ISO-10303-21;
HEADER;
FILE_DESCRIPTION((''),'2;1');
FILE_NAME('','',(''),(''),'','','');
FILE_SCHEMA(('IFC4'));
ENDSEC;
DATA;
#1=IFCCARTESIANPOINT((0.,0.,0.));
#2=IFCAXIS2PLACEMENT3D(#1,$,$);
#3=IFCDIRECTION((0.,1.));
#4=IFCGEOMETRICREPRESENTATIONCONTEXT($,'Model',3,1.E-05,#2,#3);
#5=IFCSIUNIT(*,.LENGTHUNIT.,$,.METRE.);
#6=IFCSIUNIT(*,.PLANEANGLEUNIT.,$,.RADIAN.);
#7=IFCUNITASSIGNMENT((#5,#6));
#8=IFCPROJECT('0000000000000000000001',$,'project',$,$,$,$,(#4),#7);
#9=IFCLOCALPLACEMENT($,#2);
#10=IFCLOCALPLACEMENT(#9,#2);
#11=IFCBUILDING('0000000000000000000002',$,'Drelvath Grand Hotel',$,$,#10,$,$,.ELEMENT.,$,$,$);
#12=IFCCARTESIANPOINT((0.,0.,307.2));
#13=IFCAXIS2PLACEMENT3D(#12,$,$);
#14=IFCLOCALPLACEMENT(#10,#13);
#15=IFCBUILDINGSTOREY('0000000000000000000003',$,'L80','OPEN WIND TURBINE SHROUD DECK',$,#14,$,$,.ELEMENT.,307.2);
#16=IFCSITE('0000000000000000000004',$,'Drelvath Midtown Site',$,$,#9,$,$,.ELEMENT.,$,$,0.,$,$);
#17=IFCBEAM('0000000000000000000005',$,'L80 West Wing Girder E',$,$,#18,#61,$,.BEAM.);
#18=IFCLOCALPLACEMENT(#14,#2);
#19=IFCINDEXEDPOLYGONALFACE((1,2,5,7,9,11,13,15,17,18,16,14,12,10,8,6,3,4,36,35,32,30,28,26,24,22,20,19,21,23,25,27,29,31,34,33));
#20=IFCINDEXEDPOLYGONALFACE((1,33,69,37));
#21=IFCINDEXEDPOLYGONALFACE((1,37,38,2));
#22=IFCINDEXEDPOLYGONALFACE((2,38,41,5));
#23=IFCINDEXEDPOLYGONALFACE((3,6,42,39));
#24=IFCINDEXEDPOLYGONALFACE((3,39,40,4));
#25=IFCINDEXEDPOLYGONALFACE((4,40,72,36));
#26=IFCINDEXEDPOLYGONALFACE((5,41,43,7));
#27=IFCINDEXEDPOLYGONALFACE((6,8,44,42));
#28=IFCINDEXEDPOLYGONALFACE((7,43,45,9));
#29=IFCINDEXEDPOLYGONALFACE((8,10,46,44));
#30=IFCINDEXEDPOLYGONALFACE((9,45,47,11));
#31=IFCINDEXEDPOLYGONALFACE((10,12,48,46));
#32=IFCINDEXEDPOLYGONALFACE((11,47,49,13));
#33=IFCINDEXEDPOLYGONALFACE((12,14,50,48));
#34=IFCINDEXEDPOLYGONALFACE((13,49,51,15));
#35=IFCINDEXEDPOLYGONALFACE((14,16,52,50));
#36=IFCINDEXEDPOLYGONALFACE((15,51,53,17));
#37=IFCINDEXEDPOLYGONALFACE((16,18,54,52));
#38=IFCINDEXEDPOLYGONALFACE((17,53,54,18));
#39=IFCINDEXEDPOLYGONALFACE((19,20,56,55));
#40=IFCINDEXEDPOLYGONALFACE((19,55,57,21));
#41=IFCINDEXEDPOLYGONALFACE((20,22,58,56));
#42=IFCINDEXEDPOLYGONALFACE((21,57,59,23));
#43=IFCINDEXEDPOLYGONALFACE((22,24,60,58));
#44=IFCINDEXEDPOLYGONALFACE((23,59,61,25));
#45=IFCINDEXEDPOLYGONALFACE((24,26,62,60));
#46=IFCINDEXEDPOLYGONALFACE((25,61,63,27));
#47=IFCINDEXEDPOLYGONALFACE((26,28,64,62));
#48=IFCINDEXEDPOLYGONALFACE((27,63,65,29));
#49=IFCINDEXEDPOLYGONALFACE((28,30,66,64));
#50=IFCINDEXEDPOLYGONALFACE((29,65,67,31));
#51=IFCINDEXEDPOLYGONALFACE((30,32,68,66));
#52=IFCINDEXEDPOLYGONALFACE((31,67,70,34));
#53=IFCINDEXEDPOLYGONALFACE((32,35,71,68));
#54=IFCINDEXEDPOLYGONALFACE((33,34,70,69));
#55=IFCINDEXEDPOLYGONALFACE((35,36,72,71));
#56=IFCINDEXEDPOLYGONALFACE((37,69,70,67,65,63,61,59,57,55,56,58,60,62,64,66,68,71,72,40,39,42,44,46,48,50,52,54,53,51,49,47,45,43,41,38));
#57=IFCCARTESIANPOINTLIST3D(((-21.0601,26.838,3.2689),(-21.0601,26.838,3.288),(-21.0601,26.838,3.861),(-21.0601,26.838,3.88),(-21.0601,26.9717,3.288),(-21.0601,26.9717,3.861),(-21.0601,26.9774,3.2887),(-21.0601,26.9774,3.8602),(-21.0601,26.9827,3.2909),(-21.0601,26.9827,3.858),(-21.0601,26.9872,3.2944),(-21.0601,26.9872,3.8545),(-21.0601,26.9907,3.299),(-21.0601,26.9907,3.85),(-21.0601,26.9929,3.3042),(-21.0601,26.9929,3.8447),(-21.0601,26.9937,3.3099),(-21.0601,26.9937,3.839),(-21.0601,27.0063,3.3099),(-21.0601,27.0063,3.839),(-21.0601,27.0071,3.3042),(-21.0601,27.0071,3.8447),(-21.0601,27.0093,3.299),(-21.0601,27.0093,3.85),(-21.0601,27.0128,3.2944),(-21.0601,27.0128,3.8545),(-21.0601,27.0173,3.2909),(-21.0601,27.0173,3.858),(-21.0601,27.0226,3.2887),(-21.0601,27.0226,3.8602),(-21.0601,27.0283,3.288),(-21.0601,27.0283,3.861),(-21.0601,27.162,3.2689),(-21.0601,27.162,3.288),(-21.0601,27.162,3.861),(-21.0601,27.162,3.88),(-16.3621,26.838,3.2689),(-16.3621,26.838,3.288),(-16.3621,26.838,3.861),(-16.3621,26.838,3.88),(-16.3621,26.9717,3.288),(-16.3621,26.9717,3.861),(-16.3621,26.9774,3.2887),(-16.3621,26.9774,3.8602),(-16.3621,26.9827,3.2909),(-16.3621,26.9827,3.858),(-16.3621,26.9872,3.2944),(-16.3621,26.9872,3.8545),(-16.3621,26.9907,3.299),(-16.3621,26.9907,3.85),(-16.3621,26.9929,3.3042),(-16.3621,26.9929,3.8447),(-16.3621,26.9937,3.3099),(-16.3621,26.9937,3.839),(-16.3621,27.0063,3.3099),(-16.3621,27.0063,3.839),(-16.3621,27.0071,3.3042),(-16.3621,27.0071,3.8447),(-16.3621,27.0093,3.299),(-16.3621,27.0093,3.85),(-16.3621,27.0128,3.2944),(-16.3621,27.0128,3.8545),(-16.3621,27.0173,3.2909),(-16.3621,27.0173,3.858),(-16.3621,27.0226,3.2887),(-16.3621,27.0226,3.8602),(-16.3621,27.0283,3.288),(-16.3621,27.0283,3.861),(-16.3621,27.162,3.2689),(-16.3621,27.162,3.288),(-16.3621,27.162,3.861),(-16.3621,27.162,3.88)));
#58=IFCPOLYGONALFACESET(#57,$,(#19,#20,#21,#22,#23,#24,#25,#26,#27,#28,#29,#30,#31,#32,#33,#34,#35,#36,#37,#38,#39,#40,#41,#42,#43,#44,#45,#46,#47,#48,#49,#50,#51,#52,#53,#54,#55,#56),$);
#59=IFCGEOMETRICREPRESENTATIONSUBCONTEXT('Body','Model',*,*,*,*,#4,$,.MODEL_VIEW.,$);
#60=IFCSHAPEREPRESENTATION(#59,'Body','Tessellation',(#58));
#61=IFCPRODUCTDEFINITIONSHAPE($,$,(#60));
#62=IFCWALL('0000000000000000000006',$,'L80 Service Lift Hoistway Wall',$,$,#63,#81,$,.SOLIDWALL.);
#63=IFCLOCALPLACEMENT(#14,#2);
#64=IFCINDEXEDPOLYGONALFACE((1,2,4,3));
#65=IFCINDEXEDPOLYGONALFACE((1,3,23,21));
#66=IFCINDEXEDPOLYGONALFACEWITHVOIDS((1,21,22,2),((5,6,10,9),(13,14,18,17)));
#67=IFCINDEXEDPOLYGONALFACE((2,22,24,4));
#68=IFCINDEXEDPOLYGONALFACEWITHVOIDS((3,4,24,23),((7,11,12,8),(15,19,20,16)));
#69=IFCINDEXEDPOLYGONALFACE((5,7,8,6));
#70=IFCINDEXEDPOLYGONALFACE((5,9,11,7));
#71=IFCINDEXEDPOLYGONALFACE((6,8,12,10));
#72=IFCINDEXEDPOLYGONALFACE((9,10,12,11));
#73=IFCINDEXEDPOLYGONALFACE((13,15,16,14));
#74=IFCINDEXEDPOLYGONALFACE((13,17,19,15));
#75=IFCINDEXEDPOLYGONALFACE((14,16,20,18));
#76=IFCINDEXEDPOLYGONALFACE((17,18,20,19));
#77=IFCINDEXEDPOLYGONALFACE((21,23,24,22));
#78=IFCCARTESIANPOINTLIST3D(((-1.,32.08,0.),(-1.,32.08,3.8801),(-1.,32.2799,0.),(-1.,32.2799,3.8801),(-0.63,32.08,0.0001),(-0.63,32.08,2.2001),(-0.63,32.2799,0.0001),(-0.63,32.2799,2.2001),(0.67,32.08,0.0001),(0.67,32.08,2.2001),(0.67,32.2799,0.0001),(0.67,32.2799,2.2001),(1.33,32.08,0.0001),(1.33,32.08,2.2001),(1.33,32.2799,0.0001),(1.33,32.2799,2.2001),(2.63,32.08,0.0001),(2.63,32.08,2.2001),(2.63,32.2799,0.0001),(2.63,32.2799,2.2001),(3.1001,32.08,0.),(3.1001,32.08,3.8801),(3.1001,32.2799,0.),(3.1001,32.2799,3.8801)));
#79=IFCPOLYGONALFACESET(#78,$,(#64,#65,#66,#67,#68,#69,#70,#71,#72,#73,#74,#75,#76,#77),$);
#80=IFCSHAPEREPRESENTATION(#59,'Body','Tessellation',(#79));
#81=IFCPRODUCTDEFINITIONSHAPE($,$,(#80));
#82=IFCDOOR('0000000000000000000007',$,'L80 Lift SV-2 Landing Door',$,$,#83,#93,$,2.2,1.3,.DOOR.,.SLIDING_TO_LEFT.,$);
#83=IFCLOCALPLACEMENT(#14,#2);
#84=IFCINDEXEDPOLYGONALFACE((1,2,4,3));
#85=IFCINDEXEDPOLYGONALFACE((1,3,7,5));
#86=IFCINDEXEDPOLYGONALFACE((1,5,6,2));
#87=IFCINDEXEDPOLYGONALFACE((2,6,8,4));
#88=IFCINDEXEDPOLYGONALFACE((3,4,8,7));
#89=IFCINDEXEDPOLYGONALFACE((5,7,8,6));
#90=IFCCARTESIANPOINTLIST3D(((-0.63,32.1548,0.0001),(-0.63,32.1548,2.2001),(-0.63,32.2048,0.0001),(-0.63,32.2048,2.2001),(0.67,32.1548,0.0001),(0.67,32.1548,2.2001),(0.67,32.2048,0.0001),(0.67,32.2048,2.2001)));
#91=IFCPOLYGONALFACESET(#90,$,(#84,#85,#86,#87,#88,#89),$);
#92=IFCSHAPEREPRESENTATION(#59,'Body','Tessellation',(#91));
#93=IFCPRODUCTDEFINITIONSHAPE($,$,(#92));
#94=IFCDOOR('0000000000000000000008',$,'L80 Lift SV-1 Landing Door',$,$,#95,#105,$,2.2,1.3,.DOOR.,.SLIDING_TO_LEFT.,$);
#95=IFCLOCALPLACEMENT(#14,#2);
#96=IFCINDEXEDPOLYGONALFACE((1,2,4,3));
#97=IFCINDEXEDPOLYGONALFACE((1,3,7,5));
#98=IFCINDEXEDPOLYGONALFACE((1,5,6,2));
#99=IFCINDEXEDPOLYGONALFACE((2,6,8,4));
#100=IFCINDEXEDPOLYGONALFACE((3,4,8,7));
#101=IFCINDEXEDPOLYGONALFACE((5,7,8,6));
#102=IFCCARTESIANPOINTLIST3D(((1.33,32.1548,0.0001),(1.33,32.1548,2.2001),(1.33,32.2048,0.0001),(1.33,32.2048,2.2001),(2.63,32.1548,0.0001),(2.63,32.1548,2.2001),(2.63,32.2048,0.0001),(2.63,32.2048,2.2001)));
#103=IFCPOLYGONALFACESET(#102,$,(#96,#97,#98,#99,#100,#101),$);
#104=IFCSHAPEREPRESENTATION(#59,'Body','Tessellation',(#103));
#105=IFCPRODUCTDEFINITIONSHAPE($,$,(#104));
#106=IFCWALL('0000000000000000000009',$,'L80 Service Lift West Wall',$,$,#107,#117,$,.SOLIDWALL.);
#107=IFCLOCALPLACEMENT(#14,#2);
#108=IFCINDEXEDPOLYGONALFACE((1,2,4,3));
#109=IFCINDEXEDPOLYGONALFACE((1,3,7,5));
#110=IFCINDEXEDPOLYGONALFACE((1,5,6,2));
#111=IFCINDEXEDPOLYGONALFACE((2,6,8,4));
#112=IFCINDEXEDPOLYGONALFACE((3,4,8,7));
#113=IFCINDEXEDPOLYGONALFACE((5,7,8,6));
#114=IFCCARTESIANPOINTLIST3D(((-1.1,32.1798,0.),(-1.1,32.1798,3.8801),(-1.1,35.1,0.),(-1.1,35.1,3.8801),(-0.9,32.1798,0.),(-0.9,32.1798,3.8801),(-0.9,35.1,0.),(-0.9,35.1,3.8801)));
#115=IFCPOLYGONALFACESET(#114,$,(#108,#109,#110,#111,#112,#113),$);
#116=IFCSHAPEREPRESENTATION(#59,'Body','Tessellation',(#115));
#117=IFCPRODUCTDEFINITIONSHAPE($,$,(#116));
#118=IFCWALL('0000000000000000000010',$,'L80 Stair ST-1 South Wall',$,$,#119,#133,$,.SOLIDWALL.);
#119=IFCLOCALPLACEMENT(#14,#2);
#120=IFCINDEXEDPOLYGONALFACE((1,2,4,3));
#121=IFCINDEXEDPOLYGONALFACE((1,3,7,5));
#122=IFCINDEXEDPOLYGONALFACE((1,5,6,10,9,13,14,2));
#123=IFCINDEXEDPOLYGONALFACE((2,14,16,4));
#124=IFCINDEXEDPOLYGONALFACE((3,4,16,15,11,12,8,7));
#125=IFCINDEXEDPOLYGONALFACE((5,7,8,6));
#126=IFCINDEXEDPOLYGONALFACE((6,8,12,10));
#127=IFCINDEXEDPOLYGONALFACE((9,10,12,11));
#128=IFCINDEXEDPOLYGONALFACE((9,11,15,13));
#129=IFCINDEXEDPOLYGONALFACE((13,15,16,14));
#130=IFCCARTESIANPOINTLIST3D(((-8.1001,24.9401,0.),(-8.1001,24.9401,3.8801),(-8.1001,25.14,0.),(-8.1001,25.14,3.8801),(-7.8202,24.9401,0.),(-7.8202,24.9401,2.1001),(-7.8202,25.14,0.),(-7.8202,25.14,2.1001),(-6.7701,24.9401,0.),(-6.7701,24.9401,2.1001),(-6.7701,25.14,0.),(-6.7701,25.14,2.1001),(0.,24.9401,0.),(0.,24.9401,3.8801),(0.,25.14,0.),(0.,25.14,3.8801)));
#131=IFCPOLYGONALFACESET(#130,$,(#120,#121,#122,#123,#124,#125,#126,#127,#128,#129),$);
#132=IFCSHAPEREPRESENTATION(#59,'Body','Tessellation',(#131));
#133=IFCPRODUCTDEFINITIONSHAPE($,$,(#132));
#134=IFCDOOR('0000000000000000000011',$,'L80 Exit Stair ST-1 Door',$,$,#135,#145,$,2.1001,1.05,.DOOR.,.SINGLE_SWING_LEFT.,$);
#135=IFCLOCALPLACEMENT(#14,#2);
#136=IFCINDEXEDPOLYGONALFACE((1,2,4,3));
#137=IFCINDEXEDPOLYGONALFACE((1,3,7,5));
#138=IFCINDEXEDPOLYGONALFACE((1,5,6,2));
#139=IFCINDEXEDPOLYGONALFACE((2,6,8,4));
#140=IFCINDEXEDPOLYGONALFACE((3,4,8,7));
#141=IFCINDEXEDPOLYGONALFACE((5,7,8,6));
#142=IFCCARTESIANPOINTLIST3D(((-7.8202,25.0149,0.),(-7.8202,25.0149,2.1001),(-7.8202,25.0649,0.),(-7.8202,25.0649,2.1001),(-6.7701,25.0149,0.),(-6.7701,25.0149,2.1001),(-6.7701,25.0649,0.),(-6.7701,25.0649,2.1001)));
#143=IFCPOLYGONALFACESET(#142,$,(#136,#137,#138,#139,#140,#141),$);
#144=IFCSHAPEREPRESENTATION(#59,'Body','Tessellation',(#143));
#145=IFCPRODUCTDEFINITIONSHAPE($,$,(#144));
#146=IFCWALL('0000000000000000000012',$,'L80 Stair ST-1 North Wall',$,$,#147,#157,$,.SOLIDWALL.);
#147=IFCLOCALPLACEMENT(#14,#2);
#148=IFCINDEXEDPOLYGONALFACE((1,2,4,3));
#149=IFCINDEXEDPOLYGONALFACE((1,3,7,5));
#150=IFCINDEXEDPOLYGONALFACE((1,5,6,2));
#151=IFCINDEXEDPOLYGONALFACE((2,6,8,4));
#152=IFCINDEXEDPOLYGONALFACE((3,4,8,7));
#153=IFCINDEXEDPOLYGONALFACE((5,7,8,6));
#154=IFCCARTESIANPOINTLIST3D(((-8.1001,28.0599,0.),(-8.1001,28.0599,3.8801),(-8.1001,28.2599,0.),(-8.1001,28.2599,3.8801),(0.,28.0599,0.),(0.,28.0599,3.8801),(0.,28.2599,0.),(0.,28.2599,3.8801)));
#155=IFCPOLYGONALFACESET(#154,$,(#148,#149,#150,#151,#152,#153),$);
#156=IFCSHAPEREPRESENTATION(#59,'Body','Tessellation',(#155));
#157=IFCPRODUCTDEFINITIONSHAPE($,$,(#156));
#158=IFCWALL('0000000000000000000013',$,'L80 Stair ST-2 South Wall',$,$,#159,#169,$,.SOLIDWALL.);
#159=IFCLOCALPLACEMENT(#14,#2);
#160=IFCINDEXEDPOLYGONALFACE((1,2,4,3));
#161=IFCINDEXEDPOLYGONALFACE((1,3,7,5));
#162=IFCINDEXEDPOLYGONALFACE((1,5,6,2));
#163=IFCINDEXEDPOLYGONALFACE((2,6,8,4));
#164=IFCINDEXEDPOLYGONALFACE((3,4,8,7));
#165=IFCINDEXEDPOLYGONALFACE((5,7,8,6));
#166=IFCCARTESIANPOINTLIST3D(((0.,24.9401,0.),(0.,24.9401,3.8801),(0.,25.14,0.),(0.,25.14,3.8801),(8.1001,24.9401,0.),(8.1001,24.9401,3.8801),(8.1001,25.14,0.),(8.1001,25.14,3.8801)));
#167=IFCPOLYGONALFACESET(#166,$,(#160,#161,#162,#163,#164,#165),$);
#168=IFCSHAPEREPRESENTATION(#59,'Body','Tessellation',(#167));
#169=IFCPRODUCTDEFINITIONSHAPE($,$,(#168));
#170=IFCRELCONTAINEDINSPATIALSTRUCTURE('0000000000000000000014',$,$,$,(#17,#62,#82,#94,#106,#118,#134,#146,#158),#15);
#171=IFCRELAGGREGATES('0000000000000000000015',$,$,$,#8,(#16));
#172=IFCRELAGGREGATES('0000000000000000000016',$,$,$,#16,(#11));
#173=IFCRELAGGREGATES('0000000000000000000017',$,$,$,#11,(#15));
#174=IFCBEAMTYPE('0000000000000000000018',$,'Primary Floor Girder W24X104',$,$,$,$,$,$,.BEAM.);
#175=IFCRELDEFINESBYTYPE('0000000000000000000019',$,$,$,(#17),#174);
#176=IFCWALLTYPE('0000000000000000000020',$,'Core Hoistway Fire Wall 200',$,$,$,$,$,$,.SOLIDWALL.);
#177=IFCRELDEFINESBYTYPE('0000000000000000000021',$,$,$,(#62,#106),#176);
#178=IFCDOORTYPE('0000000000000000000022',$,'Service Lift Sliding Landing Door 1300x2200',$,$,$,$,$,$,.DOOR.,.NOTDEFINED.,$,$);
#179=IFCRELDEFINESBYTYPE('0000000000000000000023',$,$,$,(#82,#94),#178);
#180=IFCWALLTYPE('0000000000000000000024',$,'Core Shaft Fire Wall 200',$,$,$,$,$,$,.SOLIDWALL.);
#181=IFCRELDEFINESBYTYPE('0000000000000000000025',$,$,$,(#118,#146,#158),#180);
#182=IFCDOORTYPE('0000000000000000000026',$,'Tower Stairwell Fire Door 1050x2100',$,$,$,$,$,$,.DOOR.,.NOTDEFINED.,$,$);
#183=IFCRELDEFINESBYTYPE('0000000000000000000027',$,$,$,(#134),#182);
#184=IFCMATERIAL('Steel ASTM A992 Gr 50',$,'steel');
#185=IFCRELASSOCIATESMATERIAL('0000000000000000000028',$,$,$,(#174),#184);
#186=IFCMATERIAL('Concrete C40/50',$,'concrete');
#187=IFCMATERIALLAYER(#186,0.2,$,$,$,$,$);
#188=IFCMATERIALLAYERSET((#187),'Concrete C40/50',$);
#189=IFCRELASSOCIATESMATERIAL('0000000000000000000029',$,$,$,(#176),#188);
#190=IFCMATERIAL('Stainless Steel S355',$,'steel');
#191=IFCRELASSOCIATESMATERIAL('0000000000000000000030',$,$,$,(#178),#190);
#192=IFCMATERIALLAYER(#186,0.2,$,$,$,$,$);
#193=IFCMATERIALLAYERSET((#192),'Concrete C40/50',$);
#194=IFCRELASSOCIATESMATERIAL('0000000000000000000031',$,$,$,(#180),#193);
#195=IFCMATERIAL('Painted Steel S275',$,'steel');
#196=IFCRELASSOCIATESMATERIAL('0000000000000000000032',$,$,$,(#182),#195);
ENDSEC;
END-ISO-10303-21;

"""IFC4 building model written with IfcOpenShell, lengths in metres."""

from ifc_helpers import new_model, si_unit, direction, frame, frame_2d, origin, origin_2d, place, context, subcontext, project, spatial, rectangle, i_section, extrude, material, layer, layer_set, material_profile, profile_set, type_object, element, fill, save


model = new_model("IFC4")

# Units and contexts
model_context = context("Model", 3, precision=1e-05, world=origin(), true_north=direction((0.0, 1.0)))
body_context = subcontext(model_context, "Body", "Model", "MODEL_VIEW")
ifc_project = project(units=[si_unit("LENGTHUNIT", "METRE"), si_unit("PLANEANGLEUNIT", "RADIAN")], contexts=[model_context])

# Site, building, storey
site_placement = place(None, origin())
site = spatial("IfcSite", under=ifc_project, at=site_placement, Name="Drelvath Midtown Site", CompositionType="ELEMENT", RefElevation=0.0)
building_placement = place(site_placement, origin())
building = spatial("IfcBuilding", under=site, at=building_placement, Name="Drelvath Grand Hotel", CompositionType="ELEMENT")
storey_placement = place(building_placement, frame((0.0, 0.0, 307.2)))
storey = spatial("IfcBuildingStorey", under=building, at=storey_placement, Name="L80", Description="OPEN WIND TURBINE SHROUD DECK", CompositionType="ELEMENT", Elevation=307.2)

# Beam
ifc_material_1 = material(Name="Steel ASTM A992 Gr 50", Category="steel")
ifc_material_profile_1 = material_profile(ifc_material_1, i_section(OverallWidth=0.324, OverallDepth=0.6111, WebThickness=0.0127, FlangeThickness=0.019, FilletRadius=0.022, at=origin_2d()), Name="W24X104")
ifc_profile_set_1 = profile_set([ifc_material_profile_1], Name="Steel ASTM A992 Gr 50")
beam_type_1 = type_object("IfcBeamType", Name="Primary Floor Girder W24X104", PredefinedType="BEAM", material=ifc_profile_set_1)
beam_1_placement = place(storey_placement, frame((-21.0601, 27.0, 3.5745), z_axis=(1.0, 0.0, 0.0), x_axis=(0.0, 1.0, 0.0)))
element("IfcBeam", 1, at=beam_1_placement, inside=storey, type_object=beam_type_1, Name="L80 West Wing Girder E", PredefinedType="BEAM", context=body_context, shape_type="SweptSolid", body=[
    extrude(i_section(OverallWidth=0.324, OverallDepth=0.6111, WebThickness=0.0127, FlangeThickness=0.019, FilletRadius=0.022, at=origin_2d()), origin(), (0.0, 0.0, 1.0), 4.698),
])

# Wall, openings, doors
ifc_material_2 = material(Name="Concrete C40/50", Category="concrete")
ifc_layer_1 = layer(ifc_material_2, 0.2)
ifc_layer_set_1 = layer_set([ifc_layer_1], Name="Concrete C40/50")
wall_type_1 = type_object("IfcWallType", Name="Core Hoistway Fire Wall 200", PredefinedType="SOLIDWALL", material=ifc_layer_set_1)
wall_1_placement = place(storey_placement, frame((-1.0, 32.1799, 0.0), z_axis=(0.0, 0.0, 1.0), x_axis=(1.0, 0.0, 0.0)))
wall_1 = element("IfcWall", 2, at=wall_1_placement, inside=storey, type_object=wall_type_1, Name="L80 Service Lift Hoistway Wall", PredefinedType="SOLIDWALL", context=body_context, shape_type="SweptSolid", body=[
    extrude(rectangle(XDim=4.1001, YDim=0.2, at=frame_2d((2.05, 0.0))), origin(), (0.0, 0.0, 1.0), 3.8801),
])
opening_1_placement = place(wall_1_placement, frame((0.3701, 0.0, 0.0)))
opening_1 = element("IfcOpeningElement", 3, at=opening_1_placement, cuts=wall_1, PredefinedType="OPENING", context=body_context, shape_type="SweptSolid", body=[
    extrude(rectangle(XDim=1.3, YDim=2.2, at=frame_2d((0.6499, 1.1001))), frame((0.0, 0.1099, 0.0), z_axis=(0.0, -1.0, 0.0), x_axis=(1.0, 0.0, 0.0)), (0.0, 0.0, 1.0), 0.22),
])
opening_2_placement = place(wall_1_placement, frame((2.3301, 0.0, 0.0)))
opening_2 = element("IfcOpeningElement", 4, at=opening_2_placement, cuts=wall_1, PredefinedType="OPENING", context=body_context, shape_type="SweptSolid", body=[
    extrude(rectangle(XDim=1.3, YDim=2.2, at=frame_2d((0.6499, 1.1001))), frame((0.0, 0.1099, 0.0), z_axis=(0.0, -1.0, 0.0), x_axis=(1.0, 0.0, 0.0)), (0.0, 0.0, 1.0), 0.22),
])
ifc_material_3 = material(Name="Stainless Steel S355", Category="steel")
door_type_1 = type_object("IfcDoorType", Name="Service Lift Sliding Landing Door 1300x2200", OperationType="NOTDEFINED", PredefinedType="DOOR", material=ifc_material_3)
door_1_placement = place(opening_1_placement, origin())
door_1 = element("IfcDoor", 5, at=door_1_placement, inside=storey, type_object=door_type_1, Name="L80 Lift SV-2 Landing Door", OperationType="SLIDING_TO_LEFT", OverallHeight=2.2, OverallWidth=1.3, PredefinedType="DOOR", context=body_context, shape_type="SweptSolid", body=[
    extrude(rectangle(XDim=1.3, YDim=2.2, at=frame_2d((0.6499, 1.1001))), frame((0.0, 0.0249, 0.0), z_axis=(0.0, -1.0, 0.0), x_axis=(1.0, 0.0, 0.0)), (0.0, 0.0, 1.0), 0.05),
])
fill(opening_1, door_1)
door_2_placement = place(opening_2_placement, origin())
door_2 = element("IfcDoor", 6, at=door_2_placement, inside=storey, type_object=door_type_1, Name="L80 Lift SV-1 Landing Door", OperationType="SLIDING_TO_LEFT", OverallHeight=2.2, OverallWidth=1.3, PredefinedType="DOOR", context=body_context, shape_type="SweptSolid", body=[
    extrude(rectangle(XDim=1.3, YDim=2.2, at=frame_2d((0.6499, 1.1001))), frame((0.0, 0.0249, 0.0), z_axis=(0.0, -1.0, 0.0), x_axis=(1.0, 0.0, 0.0)), (0.0, 0.0, 1.0), 0.05),
])
fill(opening_2, door_2)

# Wall
wall_2_placement = place(storey_placement, frame((-1.0, 32.1799, 0.0), z_axis=(0.0, 0.0, 1.0), x_axis=(0.0, 1.0, 0.0)))
element("IfcWall", 7, at=wall_2_placement, inside=storey, type_object=wall_type_1, Name="L80 Service Lift West Wall", PredefinedType="SOLIDWALL", context=body_context, shape_type="SweptSolid", body=[
    extrude(rectangle(XDim=2.9202, YDim=0.2, at=frame_2d((1.46, 0.0))), origin(), (0.0, 0.0, 1.0), 3.8801),
])

# Wall, opening, door
ifc_layer_2 = layer(ifc_material_2, 0.2)
ifc_layer_set_2 = layer_set([ifc_layer_2], Name="Concrete C40/50")
wall_type_2 = type_object("IfcWallType", Name="Core Shaft Fire Wall 200", PredefinedType="SOLIDWALL", material=ifc_layer_set_2)
wall_3_placement = place(storey_placement, frame((-8.1001, 25.04, 0.0), z_axis=(0.0, 0.0, 1.0), x_axis=(1.0, 0.0, 0.0)))
wall_3 = element("IfcWall", 8, at=wall_3_placement, inside=storey, type_object=wall_type_2, Name="L80 Stair ST-1 South Wall", PredefinedType="SOLIDWALL", context=body_context, shape_type="SweptSolid", body=[
    extrude(rectangle(XDim=8.1001, YDim=0.2, at=frame_2d((4.05, 0.0))), origin(), (0.0, 0.0, 1.0), 3.8801),
])
opening_3_placement = place(wall_3_placement, frame((0.28, 0.0, 0.0)))
opening_3 = element("IfcOpeningElement", 9, at=opening_3_placement, cuts=wall_3, PredefinedType="OPENING", context=body_context, shape_type="SweptSolid", body=[
    extrude(rectangle(XDim=1.05, YDim=2.1001, at=frame_2d((0.5249, 1.05))), frame((0.0, 0.1099, 0.0), z_axis=(0.0, -1.0, 0.0), x_axis=(1.0, 0.0, 0.0)), (0.0, 0.0, 1.0), 0.22),
])
ifc_material_4 = material(Name="Painted Steel S275", Category="steel")
door_type_2 = type_object("IfcDoorType", Name="Tower Stairwell Fire Door 1050x2100", OperationType="NOTDEFINED", PredefinedType="DOOR", material=ifc_material_4)
door_3_placement = place(opening_3_placement, origin())
door_3 = element("IfcDoor", 10, at=door_3_placement, inside=storey, type_object=door_type_2, Name="L80 Exit Stair ST-1 Door", OperationType="SINGLE_SWING_LEFT", OverallHeight=2.1001, OverallWidth=1.05, PredefinedType="DOOR", context=body_context, shape_type="SweptSolid", body=[
    extrude(rectangle(XDim=1.05, YDim=2.1001, at=frame_2d((0.5249, 1.05))), frame((0.0, 0.0249, 0.0), z_axis=(0.0, -1.0, 0.0), x_axis=(1.0, 0.0, 0.0)), (0.0, 0.0, 1.0), 0.05),
])
fill(opening_3, door_3)

# Walls
for number, where, z_axis, x_axis, name in (
    (11, (-8.1001, 28.1599, 0.0), (0.0, 0.0, 1.0), (1.0, 0.0, 0.0), "L80 Stair ST-1 North Wall"),
    (12, (0.0, 25.04, 0.0), (0.0, 0.0, 1.0), (1.0, 0.0, 0.0), "L80 Stair ST-2 South Wall"),
):
    element("IfcWall", number, at=place(storey_placement, frame(where, z_axis=z_axis, x_axis=x_axis)), inside=storey, type_object=wall_type_2, Name=name, PredefinedType="SOLIDWALL", context=body_context, shape_type="SweptSolid", body=[
        extrude(rectangle(XDim=8.1001, YDim=0.2, at=frame_2d((4.05, 0.0))), origin(), (0.0, 0.0, 1.0), 3.8801),
    ])

save(model, "model.ifc")
